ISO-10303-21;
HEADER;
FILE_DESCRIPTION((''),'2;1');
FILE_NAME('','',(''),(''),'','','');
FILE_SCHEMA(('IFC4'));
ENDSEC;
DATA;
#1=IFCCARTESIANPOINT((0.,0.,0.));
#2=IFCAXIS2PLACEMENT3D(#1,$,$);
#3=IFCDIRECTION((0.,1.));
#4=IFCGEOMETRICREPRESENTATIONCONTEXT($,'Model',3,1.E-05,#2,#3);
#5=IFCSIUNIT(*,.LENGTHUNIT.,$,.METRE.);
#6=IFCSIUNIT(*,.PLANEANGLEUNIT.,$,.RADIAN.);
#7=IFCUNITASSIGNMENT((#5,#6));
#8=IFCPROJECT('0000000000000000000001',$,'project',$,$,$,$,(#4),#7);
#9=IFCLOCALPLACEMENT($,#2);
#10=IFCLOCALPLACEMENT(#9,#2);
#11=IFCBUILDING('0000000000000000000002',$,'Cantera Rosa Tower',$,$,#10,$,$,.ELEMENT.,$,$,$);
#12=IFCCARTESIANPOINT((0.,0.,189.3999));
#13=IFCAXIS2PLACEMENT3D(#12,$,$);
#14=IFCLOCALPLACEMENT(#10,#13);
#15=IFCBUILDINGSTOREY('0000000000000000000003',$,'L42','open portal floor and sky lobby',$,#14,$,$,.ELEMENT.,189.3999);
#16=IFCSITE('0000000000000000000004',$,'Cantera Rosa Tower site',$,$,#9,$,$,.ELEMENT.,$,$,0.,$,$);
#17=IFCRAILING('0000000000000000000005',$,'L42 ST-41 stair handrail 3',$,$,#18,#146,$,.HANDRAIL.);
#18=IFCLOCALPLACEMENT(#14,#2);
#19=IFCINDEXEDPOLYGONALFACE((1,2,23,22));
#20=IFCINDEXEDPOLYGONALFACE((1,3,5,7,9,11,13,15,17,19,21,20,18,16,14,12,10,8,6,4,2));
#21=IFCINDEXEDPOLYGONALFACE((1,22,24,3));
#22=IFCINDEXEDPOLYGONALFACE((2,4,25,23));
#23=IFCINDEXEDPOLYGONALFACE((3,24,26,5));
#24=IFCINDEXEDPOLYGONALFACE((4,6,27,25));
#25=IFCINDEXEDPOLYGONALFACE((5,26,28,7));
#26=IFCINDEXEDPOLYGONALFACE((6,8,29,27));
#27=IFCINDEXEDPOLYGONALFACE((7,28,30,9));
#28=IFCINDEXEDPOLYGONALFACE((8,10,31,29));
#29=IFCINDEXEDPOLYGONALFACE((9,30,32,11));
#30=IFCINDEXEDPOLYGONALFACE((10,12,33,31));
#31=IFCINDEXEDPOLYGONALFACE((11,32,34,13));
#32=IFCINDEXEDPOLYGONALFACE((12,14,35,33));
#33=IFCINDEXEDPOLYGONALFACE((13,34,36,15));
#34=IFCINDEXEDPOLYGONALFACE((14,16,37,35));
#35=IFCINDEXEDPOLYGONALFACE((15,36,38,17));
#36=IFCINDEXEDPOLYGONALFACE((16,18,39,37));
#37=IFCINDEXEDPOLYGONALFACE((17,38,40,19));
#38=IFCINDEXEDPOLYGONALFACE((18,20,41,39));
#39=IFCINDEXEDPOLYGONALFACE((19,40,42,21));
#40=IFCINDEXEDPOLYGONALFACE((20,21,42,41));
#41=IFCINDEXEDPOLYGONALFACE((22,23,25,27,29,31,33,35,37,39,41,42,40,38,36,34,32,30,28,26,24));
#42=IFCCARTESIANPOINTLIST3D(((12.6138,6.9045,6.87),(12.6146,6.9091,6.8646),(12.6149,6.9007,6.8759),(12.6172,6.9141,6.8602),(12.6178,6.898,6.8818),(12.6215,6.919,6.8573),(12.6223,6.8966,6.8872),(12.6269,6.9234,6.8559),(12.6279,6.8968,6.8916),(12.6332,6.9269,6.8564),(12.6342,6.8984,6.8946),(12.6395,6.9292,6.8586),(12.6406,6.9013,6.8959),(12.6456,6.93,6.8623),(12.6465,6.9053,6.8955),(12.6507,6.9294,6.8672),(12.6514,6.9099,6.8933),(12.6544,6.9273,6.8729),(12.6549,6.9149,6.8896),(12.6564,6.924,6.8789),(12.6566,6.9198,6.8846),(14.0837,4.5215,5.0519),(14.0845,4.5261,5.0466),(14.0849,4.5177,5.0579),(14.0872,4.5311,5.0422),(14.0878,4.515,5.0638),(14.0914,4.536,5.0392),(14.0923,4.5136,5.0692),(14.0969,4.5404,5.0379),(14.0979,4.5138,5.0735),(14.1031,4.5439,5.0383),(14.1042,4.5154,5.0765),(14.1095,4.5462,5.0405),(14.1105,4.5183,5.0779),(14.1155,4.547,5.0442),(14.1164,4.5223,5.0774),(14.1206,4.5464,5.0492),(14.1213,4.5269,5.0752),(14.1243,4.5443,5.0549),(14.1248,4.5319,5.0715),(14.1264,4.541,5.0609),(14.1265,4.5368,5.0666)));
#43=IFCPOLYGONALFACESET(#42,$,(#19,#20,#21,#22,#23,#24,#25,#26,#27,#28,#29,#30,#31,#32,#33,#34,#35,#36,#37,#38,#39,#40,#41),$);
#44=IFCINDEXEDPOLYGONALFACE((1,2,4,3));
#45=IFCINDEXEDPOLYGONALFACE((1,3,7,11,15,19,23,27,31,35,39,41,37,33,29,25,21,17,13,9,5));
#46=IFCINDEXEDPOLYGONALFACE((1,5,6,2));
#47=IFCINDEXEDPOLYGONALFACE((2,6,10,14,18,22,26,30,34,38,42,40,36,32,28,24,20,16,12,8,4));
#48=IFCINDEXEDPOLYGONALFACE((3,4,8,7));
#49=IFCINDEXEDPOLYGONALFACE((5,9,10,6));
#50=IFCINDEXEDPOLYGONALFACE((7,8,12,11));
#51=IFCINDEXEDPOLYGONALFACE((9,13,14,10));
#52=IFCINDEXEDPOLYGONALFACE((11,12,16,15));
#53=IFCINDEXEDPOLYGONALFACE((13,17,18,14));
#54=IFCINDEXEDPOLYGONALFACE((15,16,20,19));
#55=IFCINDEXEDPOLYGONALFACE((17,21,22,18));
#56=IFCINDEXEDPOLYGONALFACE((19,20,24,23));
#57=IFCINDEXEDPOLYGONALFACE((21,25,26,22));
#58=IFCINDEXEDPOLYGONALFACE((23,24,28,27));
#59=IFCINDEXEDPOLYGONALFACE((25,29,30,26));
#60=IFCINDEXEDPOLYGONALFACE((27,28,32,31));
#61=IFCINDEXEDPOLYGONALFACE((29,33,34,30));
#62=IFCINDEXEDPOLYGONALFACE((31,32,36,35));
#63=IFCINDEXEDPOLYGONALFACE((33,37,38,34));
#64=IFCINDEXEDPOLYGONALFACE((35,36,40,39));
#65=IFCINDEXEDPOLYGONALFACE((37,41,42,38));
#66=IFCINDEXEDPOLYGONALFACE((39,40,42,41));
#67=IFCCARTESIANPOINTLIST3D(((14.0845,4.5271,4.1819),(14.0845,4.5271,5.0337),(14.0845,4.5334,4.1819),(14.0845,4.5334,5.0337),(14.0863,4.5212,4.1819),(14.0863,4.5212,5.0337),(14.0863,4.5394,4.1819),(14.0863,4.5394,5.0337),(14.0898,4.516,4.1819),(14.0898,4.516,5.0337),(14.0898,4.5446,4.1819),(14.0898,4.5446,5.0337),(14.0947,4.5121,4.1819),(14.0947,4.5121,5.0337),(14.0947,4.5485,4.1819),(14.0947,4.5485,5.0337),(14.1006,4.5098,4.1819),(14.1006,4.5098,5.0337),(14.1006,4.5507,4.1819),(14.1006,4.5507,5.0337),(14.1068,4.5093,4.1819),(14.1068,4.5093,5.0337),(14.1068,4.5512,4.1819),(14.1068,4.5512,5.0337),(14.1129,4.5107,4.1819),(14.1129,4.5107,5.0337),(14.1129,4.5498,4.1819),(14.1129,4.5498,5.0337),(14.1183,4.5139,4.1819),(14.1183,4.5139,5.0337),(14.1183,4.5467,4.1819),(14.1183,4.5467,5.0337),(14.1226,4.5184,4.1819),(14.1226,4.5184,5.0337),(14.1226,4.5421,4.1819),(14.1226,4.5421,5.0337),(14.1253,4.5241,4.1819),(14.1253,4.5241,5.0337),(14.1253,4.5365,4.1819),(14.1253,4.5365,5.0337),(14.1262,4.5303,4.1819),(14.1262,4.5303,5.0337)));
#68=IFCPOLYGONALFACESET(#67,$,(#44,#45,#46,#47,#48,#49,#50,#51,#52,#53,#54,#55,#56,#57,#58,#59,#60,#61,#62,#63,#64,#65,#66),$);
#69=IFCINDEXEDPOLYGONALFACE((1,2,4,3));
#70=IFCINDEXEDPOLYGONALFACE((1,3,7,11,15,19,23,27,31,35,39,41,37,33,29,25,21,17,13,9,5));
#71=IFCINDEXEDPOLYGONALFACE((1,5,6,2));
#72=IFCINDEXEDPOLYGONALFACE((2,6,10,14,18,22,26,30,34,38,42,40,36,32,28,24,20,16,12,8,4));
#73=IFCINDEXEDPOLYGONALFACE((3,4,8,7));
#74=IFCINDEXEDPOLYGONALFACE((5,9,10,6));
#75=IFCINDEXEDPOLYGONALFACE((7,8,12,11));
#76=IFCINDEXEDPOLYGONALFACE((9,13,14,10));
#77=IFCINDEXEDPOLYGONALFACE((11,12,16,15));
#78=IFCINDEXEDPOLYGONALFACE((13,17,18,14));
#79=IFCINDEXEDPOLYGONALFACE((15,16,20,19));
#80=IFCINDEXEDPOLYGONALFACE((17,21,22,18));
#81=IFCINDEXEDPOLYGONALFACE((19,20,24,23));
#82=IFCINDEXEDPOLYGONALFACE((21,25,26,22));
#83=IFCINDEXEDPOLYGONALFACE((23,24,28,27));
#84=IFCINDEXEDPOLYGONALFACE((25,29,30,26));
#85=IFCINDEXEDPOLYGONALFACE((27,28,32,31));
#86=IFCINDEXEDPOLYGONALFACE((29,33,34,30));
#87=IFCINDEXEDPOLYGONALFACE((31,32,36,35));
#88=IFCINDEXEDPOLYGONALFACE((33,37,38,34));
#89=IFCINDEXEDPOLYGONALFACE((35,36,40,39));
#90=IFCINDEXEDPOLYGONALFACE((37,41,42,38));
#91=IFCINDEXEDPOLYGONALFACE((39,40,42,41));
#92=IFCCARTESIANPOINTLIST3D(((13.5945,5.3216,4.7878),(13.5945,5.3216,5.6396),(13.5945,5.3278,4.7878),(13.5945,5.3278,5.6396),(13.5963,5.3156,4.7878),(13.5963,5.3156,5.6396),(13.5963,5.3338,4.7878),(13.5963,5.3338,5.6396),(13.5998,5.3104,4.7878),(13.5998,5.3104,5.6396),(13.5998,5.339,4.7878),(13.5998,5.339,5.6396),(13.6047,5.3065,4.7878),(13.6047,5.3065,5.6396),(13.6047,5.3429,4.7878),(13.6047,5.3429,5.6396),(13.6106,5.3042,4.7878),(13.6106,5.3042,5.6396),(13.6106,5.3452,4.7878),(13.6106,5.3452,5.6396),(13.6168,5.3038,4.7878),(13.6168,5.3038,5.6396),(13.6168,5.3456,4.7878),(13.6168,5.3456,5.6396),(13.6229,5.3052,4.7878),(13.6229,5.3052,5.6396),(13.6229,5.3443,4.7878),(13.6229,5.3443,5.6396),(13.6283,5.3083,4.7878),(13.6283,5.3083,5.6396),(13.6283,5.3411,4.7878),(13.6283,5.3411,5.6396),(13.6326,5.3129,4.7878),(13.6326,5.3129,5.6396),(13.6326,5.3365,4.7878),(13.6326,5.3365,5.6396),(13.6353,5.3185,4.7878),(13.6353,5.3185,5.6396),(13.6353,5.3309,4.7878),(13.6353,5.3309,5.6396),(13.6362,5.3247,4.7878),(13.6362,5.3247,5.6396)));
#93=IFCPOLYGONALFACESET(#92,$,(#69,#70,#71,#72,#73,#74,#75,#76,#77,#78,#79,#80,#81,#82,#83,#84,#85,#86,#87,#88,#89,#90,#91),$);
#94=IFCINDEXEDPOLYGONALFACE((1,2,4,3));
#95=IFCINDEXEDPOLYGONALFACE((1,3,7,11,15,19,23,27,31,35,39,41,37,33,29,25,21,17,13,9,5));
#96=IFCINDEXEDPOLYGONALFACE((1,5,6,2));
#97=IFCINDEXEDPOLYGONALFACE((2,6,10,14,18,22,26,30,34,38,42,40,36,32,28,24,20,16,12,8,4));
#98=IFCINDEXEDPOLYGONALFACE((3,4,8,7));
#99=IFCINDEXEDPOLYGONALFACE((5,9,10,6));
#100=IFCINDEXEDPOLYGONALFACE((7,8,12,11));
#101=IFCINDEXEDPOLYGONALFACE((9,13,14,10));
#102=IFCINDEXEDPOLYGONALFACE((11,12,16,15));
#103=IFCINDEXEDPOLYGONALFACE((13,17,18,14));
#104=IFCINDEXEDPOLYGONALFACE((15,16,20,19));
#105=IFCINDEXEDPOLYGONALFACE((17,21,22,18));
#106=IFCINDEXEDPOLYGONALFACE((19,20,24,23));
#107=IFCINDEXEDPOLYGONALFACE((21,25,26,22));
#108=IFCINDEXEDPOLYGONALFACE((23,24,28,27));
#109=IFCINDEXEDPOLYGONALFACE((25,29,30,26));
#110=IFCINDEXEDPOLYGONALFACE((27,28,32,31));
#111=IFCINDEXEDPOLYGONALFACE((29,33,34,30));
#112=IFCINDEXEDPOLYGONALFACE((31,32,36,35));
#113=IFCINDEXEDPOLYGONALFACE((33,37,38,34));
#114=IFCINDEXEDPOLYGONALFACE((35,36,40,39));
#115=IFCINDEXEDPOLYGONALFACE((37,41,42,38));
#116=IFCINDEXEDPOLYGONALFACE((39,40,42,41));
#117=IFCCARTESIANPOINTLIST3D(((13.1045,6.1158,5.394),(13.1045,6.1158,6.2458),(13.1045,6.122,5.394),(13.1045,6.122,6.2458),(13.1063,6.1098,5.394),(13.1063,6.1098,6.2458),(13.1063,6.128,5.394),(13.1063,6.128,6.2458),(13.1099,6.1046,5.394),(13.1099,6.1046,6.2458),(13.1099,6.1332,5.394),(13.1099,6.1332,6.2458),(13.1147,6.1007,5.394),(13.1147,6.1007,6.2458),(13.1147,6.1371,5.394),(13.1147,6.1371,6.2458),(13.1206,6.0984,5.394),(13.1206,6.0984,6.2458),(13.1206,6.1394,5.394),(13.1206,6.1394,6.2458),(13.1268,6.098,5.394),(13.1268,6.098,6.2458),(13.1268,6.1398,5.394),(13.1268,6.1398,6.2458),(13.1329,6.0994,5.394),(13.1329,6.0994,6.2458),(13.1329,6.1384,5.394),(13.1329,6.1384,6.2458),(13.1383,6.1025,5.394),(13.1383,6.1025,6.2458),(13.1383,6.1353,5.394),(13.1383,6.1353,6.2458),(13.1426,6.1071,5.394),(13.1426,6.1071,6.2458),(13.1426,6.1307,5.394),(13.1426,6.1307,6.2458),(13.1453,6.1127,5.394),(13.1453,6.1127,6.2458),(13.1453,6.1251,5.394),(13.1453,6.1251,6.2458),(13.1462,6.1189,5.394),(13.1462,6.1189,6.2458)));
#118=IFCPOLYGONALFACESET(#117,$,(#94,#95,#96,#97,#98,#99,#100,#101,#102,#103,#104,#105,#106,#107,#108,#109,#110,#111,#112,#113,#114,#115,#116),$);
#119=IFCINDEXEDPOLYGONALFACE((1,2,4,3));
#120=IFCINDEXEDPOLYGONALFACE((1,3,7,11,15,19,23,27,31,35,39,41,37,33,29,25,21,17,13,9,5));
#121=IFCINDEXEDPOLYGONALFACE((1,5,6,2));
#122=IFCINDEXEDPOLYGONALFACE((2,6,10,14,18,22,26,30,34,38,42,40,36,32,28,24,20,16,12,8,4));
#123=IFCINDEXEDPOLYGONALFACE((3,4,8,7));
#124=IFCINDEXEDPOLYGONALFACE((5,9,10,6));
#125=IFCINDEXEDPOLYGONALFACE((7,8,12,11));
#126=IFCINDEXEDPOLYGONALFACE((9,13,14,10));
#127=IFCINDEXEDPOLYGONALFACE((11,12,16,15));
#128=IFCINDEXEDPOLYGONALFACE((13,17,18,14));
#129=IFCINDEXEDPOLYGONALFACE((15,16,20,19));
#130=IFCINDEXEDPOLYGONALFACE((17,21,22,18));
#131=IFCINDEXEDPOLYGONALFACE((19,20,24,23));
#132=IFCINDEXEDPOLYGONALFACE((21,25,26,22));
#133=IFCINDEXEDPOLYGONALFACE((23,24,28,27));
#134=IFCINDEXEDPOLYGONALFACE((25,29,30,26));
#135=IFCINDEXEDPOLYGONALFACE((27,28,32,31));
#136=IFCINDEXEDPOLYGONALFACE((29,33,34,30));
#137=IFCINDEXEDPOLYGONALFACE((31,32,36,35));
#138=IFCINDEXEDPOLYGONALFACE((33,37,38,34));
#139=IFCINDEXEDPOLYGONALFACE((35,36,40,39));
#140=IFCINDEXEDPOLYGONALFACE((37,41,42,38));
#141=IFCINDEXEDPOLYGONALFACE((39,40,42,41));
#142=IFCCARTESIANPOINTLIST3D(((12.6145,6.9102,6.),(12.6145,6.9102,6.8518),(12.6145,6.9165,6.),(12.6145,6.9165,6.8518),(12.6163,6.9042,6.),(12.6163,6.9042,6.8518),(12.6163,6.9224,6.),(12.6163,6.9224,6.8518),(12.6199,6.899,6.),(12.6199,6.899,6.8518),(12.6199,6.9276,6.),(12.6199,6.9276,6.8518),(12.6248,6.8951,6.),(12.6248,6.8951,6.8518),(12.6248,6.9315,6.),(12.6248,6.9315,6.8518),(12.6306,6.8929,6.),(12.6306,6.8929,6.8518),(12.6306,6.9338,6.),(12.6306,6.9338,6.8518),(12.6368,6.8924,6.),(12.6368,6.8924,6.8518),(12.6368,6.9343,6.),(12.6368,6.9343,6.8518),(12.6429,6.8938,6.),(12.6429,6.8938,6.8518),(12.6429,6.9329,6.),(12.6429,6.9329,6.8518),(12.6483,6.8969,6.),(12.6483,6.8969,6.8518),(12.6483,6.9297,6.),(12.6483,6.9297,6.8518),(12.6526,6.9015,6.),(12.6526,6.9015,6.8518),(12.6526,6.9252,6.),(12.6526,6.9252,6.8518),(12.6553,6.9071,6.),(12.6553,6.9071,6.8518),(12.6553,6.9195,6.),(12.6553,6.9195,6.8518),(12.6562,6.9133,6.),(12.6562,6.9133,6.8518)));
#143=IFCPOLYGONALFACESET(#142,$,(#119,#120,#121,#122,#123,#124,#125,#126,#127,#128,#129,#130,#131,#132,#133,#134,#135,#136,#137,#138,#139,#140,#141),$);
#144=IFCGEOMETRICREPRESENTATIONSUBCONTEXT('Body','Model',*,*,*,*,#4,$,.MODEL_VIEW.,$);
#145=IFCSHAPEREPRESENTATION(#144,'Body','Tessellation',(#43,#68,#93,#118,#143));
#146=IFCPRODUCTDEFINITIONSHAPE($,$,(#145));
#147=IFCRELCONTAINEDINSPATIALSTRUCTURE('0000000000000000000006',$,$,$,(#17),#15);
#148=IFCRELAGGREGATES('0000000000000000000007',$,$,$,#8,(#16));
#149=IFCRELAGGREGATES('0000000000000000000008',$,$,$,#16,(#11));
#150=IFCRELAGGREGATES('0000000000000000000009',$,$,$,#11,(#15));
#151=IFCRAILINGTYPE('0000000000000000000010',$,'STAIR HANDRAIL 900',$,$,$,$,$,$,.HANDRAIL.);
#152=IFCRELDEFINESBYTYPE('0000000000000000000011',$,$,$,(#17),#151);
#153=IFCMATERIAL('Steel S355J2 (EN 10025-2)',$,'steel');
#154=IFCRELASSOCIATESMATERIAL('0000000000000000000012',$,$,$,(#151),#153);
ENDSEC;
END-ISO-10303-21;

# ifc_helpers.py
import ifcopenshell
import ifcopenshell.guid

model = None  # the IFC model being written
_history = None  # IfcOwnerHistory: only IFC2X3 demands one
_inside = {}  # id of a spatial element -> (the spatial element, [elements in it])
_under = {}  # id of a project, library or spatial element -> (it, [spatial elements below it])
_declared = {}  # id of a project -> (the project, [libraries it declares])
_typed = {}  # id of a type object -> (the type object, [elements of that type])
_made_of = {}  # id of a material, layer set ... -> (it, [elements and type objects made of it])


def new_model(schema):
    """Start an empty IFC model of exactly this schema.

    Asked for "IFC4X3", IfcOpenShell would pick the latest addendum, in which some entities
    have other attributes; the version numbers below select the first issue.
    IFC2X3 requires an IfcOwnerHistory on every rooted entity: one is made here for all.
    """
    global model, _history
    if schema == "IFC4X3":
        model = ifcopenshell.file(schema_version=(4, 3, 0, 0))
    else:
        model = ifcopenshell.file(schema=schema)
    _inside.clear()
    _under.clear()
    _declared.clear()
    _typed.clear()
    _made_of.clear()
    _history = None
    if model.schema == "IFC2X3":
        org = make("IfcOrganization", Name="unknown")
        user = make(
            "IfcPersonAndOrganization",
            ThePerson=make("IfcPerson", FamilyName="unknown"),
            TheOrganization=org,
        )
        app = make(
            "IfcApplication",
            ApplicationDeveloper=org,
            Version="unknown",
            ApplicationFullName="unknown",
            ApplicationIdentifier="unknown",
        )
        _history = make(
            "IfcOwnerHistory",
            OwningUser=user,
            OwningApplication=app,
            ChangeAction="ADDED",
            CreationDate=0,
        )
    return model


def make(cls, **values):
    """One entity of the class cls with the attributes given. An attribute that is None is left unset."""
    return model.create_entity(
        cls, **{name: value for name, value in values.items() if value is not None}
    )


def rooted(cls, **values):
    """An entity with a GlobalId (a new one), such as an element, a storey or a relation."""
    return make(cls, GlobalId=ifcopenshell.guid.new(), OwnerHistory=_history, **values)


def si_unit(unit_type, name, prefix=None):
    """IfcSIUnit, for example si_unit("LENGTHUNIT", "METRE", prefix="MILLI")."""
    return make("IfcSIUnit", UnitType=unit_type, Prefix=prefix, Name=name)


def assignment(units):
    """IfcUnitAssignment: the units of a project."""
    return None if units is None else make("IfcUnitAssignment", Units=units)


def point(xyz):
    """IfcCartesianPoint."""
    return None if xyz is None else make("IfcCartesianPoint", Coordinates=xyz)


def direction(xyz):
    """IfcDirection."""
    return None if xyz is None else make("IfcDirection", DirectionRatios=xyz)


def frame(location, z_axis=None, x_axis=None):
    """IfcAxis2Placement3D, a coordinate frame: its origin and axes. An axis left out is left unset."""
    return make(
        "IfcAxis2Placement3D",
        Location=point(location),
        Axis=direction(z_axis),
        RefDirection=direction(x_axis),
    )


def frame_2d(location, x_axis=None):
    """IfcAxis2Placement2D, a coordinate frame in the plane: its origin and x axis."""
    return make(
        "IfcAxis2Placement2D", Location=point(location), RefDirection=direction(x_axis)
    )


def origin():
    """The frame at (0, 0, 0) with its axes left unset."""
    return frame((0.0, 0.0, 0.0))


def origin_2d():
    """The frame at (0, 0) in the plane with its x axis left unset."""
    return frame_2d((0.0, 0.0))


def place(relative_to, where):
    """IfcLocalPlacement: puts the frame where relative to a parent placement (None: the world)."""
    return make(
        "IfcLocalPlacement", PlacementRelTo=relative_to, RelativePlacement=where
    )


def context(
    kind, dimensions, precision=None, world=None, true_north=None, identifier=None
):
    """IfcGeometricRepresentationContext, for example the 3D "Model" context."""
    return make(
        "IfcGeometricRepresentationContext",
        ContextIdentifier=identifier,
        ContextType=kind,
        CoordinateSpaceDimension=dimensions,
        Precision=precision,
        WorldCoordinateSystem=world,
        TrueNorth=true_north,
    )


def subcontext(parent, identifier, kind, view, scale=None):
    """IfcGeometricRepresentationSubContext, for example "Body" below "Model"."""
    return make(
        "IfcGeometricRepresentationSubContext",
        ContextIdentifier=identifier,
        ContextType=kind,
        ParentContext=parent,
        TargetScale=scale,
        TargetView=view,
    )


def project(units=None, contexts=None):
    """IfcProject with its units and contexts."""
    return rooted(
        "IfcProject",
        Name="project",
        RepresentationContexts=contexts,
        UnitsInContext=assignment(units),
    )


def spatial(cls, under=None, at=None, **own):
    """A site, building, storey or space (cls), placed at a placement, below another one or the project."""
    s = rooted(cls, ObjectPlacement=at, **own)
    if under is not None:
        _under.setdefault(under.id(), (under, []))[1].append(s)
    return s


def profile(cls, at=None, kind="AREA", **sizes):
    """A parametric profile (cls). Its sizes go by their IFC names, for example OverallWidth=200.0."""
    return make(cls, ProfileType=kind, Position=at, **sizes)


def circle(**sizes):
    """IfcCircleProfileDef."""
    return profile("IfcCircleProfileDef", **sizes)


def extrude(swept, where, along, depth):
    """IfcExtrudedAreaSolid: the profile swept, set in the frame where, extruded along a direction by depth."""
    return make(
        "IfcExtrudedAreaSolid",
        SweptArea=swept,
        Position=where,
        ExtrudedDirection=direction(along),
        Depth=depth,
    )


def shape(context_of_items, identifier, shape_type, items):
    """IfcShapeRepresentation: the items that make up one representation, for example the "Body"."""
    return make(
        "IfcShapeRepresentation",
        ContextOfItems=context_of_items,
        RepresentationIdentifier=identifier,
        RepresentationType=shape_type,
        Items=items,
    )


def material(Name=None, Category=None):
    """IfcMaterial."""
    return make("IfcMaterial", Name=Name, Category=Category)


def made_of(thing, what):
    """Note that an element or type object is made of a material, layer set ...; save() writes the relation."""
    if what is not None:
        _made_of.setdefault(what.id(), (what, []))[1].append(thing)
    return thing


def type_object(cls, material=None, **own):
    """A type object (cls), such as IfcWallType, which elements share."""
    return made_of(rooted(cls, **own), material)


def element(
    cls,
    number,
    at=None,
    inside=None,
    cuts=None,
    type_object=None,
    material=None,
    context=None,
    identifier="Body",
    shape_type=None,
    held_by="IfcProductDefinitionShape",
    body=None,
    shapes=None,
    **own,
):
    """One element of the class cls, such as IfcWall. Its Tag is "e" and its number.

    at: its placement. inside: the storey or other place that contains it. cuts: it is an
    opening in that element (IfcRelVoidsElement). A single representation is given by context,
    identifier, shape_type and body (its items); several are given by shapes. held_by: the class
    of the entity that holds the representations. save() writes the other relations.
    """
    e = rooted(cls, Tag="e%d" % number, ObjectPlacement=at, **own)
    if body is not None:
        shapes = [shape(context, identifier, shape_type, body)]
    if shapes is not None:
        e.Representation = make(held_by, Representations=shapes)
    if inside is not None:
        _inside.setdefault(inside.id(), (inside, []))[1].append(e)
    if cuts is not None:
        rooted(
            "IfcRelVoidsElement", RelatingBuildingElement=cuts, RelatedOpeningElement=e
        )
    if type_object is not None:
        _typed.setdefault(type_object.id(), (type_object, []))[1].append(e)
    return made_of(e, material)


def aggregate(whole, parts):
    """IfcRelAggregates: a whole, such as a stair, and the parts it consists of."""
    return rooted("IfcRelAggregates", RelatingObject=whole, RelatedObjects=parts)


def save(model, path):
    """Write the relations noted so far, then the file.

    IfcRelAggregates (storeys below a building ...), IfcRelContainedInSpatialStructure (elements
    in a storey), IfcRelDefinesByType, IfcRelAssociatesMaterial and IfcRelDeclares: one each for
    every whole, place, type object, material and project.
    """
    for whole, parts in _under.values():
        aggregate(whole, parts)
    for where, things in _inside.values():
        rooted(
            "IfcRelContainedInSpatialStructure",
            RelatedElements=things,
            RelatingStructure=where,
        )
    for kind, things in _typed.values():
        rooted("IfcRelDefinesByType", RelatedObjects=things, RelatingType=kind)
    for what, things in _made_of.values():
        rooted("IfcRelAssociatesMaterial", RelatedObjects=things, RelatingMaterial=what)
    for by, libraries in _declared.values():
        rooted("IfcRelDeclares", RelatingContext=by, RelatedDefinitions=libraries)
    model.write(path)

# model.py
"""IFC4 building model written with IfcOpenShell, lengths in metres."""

from ifc_helpers import new_model, si_unit, direction, frame, origin, origin_2d, place, context, subcontext, project, spatial, circle, extrude, material, type_object, element, save


model = new_model("IFC4")

# Units and contexts
model_context = context("Model", 3, precision=1e-05, world=origin(), true_north=direction((0.0, 1.0)))
body_context = subcontext(model_context, "Body", "Model", "MODEL_VIEW")
ifc_project = project(units=[si_unit("LENGTHUNIT", "METRE"), si_unit("PLANEANGLEUNIT", "RADIAN")], contexts=[model_context])

# Site, building, storey
site_placement = place(None, origin())
site = spatial("IfcSite", under=ifc_project, at=site_placement, Name="Cantera Rosa Tower site", CompositionType="ELEMENT", RefElevation=0.0)
building_placement = place(site_placement, origin())
building = spatial("IfcBuilding", under=site, at=building_placement, Name="Cantera Rosa Tower", CompositionType="ELEMENT")
storey_placement = place(building_placement, frame((0.0, 0.0, 189.3999)))
storey = spatial("IfcBuildingStorey", under=building, at=storey_placement, Name="L42", Description="open portal floor and sky lobby", CompositionType="ELEMENT", Elevation=189.3999)

# Railing
ifc_material_1 = material(Name="Steel S355J2 (EN 10025-2)", Category="steel")
railing_type_1 = type_object("IfcRailingType", Name="STAIR HANDRAIL 900", PredefinedType="HANDRAIL", material=ifc_material_1)
for number, where, name in (
    (1, (14.1052, 4.5303, 4.1819), "L42 ST-41 stair handrail 3"),
):
    element("IfcRailing", number, at=place(storey_placement, frame(where)), inside=storey, type_object=railing_type_1, Name=name, PredefinedType="HANDRAIL", context=body_context, shape_type="SweptSolid", body=[
        extrude(circle(Radius=0.0239, at=origin_2d()), frame((0.0, 0.0, 0.876), z_axis=(-0.440314, 0.713819, 0.544597), x_axis=(-0.851104, -0.524997, 0.0)), (0.0, 0.0, 1.0), 3.3384),
        extrude(circle(Radius=0.021, at=origin_2d()), origin(), (0.0, 0.0, 1.0), 0.8518),
        extrude(circle(Radius=0.021, at=origin_2d()), frame((-0.49, 0.7944, 0.606)), (0.0, 0.0, 1.0), 0.8518),
        extrude(circle(Radius=0.021, at=origin_2d()), frame((-0.98, 1.5886, 1.2122)), (0.0, 0.0, 1.0), 0.8518),
        extrude(circle(Radius=0.021, at=origin_2d()), frame((-1.47, 2.3831, 1.8181)), (0.0, 0.0, 1.0), 0.8518),
    ])

save(model, "model.ifc")
